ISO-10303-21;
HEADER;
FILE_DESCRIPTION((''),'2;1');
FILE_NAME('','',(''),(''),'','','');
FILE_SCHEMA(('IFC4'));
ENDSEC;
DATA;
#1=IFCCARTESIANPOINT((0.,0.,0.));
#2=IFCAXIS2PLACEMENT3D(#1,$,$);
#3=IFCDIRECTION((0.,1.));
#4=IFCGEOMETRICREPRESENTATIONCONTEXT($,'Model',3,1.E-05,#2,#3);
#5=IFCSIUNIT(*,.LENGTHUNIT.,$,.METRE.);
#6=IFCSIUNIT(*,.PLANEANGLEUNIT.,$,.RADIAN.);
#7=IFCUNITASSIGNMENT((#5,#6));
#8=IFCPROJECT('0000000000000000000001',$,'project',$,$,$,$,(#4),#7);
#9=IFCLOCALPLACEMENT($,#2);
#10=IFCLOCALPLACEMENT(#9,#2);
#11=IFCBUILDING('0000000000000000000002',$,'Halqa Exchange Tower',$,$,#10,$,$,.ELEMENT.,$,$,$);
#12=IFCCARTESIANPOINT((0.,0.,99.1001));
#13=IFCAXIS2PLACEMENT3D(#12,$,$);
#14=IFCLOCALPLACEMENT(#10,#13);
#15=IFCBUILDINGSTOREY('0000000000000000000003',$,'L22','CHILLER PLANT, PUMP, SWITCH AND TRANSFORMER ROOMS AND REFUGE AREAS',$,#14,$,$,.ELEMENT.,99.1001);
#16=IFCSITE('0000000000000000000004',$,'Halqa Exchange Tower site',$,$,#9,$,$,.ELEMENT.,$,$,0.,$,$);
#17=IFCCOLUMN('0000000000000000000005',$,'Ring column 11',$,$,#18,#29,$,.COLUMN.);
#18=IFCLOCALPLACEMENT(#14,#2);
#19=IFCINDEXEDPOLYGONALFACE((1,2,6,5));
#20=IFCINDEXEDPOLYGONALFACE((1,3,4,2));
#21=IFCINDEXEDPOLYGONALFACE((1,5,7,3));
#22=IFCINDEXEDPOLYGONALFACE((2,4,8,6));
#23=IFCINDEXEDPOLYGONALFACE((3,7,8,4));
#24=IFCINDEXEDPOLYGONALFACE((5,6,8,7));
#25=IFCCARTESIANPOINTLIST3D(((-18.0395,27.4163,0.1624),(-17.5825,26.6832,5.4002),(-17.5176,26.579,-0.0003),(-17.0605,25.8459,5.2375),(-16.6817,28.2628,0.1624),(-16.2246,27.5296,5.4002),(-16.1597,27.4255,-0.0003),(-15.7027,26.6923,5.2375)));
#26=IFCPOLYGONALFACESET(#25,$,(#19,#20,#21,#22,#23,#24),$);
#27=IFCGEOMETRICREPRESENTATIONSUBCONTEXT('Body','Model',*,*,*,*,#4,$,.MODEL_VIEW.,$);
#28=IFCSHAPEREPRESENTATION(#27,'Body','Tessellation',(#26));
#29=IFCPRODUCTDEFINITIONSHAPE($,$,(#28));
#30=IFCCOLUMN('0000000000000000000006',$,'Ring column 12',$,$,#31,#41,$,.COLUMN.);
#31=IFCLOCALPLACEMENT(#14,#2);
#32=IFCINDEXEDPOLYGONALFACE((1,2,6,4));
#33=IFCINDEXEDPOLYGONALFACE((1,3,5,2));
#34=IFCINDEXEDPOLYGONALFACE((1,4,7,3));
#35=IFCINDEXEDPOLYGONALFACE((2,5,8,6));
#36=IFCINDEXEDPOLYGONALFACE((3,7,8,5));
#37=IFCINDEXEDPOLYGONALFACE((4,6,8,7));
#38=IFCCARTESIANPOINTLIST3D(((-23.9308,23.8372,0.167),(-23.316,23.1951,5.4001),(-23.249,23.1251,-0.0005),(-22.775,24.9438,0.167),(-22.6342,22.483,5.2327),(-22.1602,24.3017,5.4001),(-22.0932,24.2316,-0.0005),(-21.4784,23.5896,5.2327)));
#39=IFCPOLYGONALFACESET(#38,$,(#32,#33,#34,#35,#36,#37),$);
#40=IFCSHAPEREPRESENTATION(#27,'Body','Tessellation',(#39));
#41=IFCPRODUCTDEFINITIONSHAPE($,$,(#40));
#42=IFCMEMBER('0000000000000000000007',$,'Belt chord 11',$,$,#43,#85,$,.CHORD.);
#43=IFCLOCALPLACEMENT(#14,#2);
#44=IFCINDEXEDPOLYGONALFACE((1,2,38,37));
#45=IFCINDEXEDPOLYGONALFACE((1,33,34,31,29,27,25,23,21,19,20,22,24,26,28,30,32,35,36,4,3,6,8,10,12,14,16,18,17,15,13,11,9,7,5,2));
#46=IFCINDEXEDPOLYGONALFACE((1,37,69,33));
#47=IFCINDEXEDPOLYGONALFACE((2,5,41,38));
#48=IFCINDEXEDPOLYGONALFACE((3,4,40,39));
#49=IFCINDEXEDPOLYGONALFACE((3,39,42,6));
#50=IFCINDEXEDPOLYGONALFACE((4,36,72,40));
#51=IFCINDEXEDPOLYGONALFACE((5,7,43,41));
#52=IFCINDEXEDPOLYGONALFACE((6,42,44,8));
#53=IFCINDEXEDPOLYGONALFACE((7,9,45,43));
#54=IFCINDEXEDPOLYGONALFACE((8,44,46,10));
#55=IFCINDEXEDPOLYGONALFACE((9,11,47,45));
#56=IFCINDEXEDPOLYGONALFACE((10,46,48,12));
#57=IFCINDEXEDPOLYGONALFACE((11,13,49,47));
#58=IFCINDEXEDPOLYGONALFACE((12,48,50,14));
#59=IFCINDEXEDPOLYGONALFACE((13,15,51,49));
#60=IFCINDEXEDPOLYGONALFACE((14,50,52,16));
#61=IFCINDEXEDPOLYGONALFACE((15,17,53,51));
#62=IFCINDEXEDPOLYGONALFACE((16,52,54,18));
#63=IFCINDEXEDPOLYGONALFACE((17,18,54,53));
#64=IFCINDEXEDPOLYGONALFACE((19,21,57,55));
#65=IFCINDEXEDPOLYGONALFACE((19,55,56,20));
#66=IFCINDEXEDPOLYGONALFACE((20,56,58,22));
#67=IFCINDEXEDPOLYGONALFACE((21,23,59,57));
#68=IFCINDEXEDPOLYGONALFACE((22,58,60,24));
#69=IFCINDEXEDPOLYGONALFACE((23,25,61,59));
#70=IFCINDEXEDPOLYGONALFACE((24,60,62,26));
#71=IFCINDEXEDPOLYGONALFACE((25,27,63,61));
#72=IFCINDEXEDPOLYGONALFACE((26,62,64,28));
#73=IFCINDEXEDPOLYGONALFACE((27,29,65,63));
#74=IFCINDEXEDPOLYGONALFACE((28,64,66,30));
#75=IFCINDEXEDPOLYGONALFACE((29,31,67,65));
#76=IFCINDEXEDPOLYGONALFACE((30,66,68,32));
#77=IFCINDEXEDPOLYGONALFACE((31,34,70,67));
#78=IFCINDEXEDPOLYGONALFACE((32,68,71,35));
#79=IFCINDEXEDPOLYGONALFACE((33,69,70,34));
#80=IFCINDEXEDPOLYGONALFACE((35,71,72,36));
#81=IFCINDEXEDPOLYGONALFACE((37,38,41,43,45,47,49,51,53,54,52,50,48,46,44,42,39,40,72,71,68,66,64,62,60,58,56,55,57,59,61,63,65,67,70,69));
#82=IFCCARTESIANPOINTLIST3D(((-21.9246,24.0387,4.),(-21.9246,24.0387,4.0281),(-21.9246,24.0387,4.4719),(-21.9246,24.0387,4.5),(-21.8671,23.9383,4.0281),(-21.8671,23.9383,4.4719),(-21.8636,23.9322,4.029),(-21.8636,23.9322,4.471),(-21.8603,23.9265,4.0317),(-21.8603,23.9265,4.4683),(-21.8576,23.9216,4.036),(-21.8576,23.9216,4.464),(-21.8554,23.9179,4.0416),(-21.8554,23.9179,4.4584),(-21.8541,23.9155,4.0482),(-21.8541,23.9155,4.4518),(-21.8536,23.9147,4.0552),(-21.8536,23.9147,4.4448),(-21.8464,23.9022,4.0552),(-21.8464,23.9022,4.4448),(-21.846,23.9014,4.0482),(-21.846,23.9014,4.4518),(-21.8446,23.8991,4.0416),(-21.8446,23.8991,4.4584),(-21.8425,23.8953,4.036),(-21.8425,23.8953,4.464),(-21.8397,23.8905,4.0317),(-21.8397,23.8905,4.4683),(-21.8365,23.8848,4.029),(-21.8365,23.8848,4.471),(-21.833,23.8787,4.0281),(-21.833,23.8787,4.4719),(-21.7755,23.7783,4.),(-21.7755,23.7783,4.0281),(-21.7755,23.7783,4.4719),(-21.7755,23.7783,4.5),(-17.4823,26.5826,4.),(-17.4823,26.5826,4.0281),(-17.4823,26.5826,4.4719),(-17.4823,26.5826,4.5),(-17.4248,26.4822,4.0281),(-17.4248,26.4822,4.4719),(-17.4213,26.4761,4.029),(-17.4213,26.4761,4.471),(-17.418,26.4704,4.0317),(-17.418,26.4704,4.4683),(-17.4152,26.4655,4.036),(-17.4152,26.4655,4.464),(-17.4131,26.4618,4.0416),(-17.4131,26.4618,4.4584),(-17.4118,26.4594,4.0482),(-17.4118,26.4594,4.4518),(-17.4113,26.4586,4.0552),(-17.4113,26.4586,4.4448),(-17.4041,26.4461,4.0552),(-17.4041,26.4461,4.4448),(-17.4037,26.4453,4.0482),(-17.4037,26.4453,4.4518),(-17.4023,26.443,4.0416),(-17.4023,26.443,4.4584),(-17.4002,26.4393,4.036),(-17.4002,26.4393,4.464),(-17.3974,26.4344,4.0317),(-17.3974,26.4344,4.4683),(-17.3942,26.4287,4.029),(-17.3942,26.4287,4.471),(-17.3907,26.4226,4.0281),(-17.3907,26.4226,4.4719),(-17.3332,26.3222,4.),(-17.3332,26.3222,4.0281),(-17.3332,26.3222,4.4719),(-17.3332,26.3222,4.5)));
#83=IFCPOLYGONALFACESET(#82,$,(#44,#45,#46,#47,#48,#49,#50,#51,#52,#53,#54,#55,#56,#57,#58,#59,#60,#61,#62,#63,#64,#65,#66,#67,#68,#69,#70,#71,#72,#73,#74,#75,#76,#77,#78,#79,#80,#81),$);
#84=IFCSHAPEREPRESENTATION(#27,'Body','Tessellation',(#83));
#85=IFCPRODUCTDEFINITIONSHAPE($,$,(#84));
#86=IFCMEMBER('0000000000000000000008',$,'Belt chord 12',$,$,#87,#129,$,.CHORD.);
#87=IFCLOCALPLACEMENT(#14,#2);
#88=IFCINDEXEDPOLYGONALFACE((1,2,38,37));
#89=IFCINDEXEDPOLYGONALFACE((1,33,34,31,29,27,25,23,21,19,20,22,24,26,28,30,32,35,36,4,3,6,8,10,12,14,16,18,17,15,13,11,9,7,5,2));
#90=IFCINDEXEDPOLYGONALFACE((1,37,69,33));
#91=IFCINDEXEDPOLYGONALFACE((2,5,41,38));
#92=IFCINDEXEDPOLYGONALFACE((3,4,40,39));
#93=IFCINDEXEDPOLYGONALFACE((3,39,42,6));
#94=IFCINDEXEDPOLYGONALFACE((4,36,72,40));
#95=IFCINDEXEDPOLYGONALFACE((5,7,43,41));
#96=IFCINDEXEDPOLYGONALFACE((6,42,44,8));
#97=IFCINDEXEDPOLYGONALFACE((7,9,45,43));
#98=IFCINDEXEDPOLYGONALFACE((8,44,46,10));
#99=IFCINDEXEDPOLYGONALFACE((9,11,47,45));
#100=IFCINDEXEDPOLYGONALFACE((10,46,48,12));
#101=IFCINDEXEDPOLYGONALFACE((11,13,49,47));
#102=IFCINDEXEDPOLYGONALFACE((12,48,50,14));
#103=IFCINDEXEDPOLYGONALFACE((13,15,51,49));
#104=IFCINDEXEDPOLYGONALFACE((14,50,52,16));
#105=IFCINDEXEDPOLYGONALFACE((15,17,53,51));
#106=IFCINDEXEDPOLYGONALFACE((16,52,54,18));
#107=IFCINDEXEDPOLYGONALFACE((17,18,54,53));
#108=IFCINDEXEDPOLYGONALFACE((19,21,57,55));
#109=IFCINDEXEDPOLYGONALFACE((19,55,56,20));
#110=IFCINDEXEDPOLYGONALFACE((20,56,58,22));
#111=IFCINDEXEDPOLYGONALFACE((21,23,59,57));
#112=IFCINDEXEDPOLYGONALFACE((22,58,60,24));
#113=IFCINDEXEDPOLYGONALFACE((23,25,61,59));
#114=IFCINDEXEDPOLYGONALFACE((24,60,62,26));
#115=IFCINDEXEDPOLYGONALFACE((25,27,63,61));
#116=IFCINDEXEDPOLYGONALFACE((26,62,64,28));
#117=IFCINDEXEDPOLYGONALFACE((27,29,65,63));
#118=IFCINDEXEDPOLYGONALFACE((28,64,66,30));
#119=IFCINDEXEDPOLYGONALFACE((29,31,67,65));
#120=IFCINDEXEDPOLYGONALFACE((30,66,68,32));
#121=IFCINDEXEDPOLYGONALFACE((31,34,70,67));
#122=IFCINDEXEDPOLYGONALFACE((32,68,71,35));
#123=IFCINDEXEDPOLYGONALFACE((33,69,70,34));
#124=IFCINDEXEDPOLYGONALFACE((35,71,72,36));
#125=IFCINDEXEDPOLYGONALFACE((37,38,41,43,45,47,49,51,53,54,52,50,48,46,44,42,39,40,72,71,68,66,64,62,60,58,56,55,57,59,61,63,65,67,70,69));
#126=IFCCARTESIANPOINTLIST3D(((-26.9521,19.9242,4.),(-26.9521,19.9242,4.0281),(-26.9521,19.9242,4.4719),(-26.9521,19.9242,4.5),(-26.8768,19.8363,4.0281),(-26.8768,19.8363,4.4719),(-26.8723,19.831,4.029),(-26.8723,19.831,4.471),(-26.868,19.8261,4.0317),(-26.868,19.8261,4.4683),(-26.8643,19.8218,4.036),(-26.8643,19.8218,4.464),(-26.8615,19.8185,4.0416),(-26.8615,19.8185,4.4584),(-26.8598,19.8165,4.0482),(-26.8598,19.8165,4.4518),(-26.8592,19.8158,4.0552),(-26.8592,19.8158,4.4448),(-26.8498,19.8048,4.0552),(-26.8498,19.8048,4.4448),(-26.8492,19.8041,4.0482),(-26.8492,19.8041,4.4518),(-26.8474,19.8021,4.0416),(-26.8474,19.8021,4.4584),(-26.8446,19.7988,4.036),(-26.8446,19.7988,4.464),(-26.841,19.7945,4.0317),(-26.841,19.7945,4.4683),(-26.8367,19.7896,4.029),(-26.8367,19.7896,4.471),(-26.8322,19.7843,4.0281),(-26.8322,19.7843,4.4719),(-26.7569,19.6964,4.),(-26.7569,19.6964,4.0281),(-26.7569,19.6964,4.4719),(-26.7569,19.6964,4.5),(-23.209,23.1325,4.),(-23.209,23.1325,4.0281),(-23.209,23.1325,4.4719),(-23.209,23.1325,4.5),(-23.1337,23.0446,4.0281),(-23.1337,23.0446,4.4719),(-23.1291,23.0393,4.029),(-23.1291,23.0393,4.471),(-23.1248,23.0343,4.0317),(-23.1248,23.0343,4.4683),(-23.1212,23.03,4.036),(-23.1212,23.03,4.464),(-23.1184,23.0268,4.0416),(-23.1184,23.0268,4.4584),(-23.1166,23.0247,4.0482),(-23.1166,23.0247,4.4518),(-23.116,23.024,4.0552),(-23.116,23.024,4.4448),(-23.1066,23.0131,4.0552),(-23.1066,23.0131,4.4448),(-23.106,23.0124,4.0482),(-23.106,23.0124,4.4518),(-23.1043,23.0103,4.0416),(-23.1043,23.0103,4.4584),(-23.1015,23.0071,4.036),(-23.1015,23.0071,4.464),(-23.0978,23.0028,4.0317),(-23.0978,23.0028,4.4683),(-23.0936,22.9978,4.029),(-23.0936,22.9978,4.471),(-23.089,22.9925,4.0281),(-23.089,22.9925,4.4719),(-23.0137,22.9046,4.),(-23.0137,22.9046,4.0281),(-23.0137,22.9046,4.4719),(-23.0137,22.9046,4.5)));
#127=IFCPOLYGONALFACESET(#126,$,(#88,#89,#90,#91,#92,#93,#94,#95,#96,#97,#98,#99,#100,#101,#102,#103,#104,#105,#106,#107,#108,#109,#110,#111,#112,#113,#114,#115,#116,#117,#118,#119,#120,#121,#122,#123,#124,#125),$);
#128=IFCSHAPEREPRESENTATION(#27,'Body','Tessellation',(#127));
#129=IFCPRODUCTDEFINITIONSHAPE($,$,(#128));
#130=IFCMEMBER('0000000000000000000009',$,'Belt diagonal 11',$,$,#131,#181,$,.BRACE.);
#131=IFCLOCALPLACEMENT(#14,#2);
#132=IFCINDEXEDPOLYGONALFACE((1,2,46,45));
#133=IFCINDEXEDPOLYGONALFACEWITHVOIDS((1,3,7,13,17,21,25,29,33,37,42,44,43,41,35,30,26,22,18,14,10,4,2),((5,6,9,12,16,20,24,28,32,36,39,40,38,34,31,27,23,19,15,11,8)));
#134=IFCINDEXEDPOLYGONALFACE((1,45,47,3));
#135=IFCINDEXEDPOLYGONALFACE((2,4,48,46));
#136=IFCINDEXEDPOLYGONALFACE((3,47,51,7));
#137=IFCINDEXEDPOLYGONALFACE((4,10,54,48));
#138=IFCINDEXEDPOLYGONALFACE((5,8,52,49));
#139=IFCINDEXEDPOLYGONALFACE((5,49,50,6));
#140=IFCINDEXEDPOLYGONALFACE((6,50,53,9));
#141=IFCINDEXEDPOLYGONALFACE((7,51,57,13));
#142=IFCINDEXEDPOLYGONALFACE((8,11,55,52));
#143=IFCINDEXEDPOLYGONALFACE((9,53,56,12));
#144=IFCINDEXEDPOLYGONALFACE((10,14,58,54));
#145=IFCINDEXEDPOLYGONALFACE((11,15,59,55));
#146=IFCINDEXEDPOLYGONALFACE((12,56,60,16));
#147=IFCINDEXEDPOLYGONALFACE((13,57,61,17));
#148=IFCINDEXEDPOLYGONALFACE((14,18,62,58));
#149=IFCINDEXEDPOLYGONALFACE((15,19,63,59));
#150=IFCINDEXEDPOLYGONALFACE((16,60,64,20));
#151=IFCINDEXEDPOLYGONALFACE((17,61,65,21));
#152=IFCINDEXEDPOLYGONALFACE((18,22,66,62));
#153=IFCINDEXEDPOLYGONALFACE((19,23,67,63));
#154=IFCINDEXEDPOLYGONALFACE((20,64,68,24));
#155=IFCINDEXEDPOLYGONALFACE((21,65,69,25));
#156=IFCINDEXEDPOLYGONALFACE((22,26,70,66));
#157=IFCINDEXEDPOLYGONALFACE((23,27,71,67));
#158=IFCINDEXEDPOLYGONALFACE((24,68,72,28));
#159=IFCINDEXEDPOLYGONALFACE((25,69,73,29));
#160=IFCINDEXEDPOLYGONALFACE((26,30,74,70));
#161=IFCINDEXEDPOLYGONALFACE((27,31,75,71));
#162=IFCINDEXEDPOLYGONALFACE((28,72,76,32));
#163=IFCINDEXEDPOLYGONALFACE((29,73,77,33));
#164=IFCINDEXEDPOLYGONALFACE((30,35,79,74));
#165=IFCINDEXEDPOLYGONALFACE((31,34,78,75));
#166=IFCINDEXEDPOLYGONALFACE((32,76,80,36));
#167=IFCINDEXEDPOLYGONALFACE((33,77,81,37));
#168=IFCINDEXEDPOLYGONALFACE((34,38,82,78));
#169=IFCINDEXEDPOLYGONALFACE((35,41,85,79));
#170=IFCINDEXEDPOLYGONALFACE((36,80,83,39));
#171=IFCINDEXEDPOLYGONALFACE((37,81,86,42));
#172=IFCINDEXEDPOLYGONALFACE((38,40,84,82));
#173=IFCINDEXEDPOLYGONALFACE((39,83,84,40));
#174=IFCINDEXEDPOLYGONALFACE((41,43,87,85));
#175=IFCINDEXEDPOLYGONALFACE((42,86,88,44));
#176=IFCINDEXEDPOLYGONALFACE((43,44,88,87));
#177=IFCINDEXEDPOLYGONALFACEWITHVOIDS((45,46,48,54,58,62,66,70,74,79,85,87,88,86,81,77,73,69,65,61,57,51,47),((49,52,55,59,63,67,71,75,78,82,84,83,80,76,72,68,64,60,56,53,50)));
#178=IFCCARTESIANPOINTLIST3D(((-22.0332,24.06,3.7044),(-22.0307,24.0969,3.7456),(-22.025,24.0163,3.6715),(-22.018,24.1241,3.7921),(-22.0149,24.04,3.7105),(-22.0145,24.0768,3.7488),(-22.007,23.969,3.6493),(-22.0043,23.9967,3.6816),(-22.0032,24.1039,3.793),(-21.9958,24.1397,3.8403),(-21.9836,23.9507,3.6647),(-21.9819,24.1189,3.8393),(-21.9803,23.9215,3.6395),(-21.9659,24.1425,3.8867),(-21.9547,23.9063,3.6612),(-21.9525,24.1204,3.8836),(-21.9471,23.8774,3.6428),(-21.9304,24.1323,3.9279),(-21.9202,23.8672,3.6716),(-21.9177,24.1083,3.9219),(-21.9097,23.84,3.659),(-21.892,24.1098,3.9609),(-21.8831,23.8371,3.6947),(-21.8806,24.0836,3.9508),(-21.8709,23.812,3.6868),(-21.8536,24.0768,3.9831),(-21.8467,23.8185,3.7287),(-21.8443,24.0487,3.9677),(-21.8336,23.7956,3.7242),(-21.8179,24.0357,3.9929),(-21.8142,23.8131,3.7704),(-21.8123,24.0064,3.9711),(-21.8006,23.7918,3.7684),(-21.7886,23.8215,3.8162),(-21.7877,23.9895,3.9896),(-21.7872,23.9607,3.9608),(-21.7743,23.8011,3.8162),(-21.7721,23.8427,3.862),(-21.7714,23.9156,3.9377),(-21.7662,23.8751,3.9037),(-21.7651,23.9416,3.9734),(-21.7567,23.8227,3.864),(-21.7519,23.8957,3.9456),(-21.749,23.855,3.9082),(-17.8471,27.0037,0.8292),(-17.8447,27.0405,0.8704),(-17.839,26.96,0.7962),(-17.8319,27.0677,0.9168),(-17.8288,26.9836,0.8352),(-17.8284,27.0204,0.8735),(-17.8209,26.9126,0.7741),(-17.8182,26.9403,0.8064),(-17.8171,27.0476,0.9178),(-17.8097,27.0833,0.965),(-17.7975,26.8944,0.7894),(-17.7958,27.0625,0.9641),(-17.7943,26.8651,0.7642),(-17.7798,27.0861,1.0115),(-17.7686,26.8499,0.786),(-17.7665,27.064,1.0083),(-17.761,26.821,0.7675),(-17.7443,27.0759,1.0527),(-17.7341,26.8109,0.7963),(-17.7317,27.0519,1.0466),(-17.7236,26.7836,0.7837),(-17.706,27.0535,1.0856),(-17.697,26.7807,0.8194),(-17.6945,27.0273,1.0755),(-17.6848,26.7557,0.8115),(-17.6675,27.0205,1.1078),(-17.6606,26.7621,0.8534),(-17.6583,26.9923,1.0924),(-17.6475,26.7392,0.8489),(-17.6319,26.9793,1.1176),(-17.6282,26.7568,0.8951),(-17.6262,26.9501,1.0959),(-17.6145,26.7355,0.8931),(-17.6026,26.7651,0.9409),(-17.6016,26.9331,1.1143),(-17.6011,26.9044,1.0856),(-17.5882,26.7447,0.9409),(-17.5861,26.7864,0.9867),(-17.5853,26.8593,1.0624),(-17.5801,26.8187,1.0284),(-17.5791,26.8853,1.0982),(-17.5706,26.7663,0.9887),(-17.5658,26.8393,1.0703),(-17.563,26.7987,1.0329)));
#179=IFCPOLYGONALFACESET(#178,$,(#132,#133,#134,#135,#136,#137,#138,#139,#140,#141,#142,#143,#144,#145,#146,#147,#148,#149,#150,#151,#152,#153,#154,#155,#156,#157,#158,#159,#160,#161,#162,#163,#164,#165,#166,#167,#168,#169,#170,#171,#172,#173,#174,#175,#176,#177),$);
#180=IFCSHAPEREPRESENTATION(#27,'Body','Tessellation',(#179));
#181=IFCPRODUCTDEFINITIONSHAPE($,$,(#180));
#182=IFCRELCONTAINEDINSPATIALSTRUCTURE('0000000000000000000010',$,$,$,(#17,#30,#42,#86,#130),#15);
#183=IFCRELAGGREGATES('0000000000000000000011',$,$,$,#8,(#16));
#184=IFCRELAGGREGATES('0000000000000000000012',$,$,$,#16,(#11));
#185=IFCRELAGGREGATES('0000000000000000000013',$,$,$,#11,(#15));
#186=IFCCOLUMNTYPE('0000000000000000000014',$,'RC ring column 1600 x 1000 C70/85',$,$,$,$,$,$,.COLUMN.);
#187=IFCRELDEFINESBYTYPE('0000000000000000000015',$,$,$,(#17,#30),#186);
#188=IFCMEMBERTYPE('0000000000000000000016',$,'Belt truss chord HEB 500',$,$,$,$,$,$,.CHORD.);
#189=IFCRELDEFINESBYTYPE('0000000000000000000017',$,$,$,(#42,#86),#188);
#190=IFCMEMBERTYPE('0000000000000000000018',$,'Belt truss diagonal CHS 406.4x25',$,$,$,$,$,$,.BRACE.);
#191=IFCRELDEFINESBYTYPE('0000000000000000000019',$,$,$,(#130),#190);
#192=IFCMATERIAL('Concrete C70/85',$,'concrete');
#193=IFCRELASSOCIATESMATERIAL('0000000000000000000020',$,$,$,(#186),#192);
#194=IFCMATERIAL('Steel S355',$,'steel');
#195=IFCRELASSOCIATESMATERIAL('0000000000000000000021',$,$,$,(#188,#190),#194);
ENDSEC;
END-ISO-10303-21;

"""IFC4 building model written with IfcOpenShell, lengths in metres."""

from ifc_helpers import new_model, si_unit, direction, frame, origin, origin_2d, place, context, subcontext, project, spatial, rectangle, hollow_circle, i_section, extrude, material, material_profile, profile_set, type_object, element, save


model = new_model("IFC4")

# Units and contexts
model_context = context("Model", 3, precision=1e-05, world=origin(), true_north=direction((0.0, 1.0)))
body_context = subcontext(model_context, "Body", "Model", "MODEL_VIEW")
ifc_project = project(units=[si_unit("LENGTHUNIT", "METRE"), si_unit("PLANEANGLEUNIT", "RADIAN")], contexts=[model_context])

# Site, building, storey
site_placement = place(None, origin())
site = spatial("IfcSite", under=ifc_project, at=site_placement, Name="Halqa Exchange Tower site", CompositionType="ELEMENT", RefElevation=0.0)
building_placement = place(site_placement, origin())
building = spatial("IfcBuilding", under=site, at=building_placement, Name="Halqa Exchange Tower", CompositionType="ELEMENT")
storey_placement = place(building_placement, frame((0.0, 0.0, 99.1001)))
storey = spatial("IfcBuildingStorey", under=building, at=storey_placement, Name="L22", Description="CHILLER PLANT, PUMP, SWITCH AND TRANSFORMER ROOMS AND REFUGE AREAS", CompositionType="ELEMENT", Elevation=99.1001)

# Columns
ifc_material_1 = material(Name="Concrete C70/85", Category="concrete")
ifc_material_profile_1 = material_profile(ifc_material_1, rectangle(XDim=1.6001, YDim=1.0, at=origin_2d()), Name="1600 x 1000")
ifc_profile_set_1 = profile_set([ifc_material_profile_1], Name="Concrete C70/85")
column_type = type_object("IfcColumnType", Name="RC ring column 1600 x 1000 C70/85", PredefinedType="COLUMN", material=ifc_profile_set_1)
column_1_placement = place(storey_placement, frame((-17.0996, 27.4209, 0.0811), z_axis=(0.086093, -0.138108, 0.986668), x_axis=(0.848617, 0.529008, 0.0)))
element("IfcColumn", 1, at=column_1_placement, inside=storey, type_object=column_type, Name="Ring column 11", PredefinedType="COLUMN", context=body_context, shape_type="SweptSolid", body=[
    extrude(rectangle(XDim=1.6001, YDim=1.0, at=origin_2d()), origin(), (0.0, 0.0, 1.0), 5.3086),
])
column_2_placement = place(storey_placement, frame((-23.012, 24.0344, 0.0833), z_axis=(0.115812, -0.120964, 0.985878), x_axis=(0.72232, 0.691559, 0.0)))
element("IfcColumn", 2, at=column_2_placement, inside=storey, type_object=column_type, Name="Ring column 12", PredefinedType="COLUMN", context=body_context, shape_type="SweptSolid", body=[
    extrude(rectangle(XDim=1.6001, YDim=1.0, at=origin_2d()), origin(), (0.0, 0.0, 1.0), 5.3081),
])

# Members
ifc_material_2 = material(Name="Steel S355", Category="steel")
ifc_material_profile_2 = material_profile(ifc_material_2, i_section(OverallWidth=0.3, OverallDepth=0.5, WebThickness=0.0144, FlangeThickness=0.0281, FilletRadius=0.0271, at=origin_2d()), Name="HEB 500")
ifc_profile_set_2 = profile_set([ifc_material_profile_2], Name="Steel S355")
member_type_1 = type_object("IfcMemberType", Name="Belt truss chord HEB 500", PredefinedType="CHORD", material=ifc_profile_set_2)
member_1_placement = place(storey_placement, frame((-17.4077, 26.4524, 4.25), z_axis=(-0.867785, -0.49694, 0.0), x_axis=(0.49694, -0.867785, 0.0)))
element("IfcMember", 3, at=member_1_placement, inside=storey, type_object=member_type_1, Name="Belt chord 11", PredefinedType="CHORD", context=body_context, shape_type="SweptSolid", body=[
    extrude(i_section(OverallWidth=0.3, OverallDepth=0.5, WebThickness=0.0144, FlangeThickness=0.0281, FilletRadius=0.0271, at=origin_2d()), origin(), (0.0, 0.0, 1.0), 5.1191),
])
member_2_placement = place(storey_placement, frame((-23.1113, 23.0186, 4.25), z_axis=(-0.759274, -0.650771, 0.0), x_axis=(0.650771, -0.759274, 0.0)))
element("IfcMember", 4, at=member_2_placement, inside=storey, type_object=member_type_1, Name="Belt chord 12", PredefinedType="CHORD", context=body_context, shape_type="SweptSolid", body=[
    extrude(i_section(OverallWidth=0.3, OverallDepth=0.5, WebThickness=0.0144, FlangeThickness=0.0281, FilletRadius=0.0271, at=origin_2d()), origin(), (0.0, 0.0, 1.0), 4.9299),
])
ifc_material_profile_3 = material_profile(ifc_material_2, hollow_circle(Radius=0.2031, WallThickness=0.0249, at=origin_2d()), Name="CHS 406.4x25")
ifc_profile_set_3 = profile_set([ifc_material_profile_3], Name="Steel S355")
member_type_2 = type_object("IfcMemberType", Name="Belt truss diagonal CHS 406.4x25", PredefinedType="BRACE", material=ifc_profile_set_3)
member_3_placement = place(storey_placement, frame((-17.7051, 26.9109, 0.9409), z_axis=(-0.713146, -0.501482, 0.489836), x_axis=(0.575216, -0.818002, 0.0)))
element("IfcMember", 5, at=member_3_placement, inside=storey, type_object=member_type_2, Name="Belt diagonal 11", PredefinedType="BRACE", context=body_context, shape_type="SweptSolid", body=[
    extrude(hollow_circle(Radius=0.2031, WallThickness=0.0249, at=origin_2d()), origin(), (0.0, 0.0, 1.0), 5.8699),
])

save(model, "model.ifc")
